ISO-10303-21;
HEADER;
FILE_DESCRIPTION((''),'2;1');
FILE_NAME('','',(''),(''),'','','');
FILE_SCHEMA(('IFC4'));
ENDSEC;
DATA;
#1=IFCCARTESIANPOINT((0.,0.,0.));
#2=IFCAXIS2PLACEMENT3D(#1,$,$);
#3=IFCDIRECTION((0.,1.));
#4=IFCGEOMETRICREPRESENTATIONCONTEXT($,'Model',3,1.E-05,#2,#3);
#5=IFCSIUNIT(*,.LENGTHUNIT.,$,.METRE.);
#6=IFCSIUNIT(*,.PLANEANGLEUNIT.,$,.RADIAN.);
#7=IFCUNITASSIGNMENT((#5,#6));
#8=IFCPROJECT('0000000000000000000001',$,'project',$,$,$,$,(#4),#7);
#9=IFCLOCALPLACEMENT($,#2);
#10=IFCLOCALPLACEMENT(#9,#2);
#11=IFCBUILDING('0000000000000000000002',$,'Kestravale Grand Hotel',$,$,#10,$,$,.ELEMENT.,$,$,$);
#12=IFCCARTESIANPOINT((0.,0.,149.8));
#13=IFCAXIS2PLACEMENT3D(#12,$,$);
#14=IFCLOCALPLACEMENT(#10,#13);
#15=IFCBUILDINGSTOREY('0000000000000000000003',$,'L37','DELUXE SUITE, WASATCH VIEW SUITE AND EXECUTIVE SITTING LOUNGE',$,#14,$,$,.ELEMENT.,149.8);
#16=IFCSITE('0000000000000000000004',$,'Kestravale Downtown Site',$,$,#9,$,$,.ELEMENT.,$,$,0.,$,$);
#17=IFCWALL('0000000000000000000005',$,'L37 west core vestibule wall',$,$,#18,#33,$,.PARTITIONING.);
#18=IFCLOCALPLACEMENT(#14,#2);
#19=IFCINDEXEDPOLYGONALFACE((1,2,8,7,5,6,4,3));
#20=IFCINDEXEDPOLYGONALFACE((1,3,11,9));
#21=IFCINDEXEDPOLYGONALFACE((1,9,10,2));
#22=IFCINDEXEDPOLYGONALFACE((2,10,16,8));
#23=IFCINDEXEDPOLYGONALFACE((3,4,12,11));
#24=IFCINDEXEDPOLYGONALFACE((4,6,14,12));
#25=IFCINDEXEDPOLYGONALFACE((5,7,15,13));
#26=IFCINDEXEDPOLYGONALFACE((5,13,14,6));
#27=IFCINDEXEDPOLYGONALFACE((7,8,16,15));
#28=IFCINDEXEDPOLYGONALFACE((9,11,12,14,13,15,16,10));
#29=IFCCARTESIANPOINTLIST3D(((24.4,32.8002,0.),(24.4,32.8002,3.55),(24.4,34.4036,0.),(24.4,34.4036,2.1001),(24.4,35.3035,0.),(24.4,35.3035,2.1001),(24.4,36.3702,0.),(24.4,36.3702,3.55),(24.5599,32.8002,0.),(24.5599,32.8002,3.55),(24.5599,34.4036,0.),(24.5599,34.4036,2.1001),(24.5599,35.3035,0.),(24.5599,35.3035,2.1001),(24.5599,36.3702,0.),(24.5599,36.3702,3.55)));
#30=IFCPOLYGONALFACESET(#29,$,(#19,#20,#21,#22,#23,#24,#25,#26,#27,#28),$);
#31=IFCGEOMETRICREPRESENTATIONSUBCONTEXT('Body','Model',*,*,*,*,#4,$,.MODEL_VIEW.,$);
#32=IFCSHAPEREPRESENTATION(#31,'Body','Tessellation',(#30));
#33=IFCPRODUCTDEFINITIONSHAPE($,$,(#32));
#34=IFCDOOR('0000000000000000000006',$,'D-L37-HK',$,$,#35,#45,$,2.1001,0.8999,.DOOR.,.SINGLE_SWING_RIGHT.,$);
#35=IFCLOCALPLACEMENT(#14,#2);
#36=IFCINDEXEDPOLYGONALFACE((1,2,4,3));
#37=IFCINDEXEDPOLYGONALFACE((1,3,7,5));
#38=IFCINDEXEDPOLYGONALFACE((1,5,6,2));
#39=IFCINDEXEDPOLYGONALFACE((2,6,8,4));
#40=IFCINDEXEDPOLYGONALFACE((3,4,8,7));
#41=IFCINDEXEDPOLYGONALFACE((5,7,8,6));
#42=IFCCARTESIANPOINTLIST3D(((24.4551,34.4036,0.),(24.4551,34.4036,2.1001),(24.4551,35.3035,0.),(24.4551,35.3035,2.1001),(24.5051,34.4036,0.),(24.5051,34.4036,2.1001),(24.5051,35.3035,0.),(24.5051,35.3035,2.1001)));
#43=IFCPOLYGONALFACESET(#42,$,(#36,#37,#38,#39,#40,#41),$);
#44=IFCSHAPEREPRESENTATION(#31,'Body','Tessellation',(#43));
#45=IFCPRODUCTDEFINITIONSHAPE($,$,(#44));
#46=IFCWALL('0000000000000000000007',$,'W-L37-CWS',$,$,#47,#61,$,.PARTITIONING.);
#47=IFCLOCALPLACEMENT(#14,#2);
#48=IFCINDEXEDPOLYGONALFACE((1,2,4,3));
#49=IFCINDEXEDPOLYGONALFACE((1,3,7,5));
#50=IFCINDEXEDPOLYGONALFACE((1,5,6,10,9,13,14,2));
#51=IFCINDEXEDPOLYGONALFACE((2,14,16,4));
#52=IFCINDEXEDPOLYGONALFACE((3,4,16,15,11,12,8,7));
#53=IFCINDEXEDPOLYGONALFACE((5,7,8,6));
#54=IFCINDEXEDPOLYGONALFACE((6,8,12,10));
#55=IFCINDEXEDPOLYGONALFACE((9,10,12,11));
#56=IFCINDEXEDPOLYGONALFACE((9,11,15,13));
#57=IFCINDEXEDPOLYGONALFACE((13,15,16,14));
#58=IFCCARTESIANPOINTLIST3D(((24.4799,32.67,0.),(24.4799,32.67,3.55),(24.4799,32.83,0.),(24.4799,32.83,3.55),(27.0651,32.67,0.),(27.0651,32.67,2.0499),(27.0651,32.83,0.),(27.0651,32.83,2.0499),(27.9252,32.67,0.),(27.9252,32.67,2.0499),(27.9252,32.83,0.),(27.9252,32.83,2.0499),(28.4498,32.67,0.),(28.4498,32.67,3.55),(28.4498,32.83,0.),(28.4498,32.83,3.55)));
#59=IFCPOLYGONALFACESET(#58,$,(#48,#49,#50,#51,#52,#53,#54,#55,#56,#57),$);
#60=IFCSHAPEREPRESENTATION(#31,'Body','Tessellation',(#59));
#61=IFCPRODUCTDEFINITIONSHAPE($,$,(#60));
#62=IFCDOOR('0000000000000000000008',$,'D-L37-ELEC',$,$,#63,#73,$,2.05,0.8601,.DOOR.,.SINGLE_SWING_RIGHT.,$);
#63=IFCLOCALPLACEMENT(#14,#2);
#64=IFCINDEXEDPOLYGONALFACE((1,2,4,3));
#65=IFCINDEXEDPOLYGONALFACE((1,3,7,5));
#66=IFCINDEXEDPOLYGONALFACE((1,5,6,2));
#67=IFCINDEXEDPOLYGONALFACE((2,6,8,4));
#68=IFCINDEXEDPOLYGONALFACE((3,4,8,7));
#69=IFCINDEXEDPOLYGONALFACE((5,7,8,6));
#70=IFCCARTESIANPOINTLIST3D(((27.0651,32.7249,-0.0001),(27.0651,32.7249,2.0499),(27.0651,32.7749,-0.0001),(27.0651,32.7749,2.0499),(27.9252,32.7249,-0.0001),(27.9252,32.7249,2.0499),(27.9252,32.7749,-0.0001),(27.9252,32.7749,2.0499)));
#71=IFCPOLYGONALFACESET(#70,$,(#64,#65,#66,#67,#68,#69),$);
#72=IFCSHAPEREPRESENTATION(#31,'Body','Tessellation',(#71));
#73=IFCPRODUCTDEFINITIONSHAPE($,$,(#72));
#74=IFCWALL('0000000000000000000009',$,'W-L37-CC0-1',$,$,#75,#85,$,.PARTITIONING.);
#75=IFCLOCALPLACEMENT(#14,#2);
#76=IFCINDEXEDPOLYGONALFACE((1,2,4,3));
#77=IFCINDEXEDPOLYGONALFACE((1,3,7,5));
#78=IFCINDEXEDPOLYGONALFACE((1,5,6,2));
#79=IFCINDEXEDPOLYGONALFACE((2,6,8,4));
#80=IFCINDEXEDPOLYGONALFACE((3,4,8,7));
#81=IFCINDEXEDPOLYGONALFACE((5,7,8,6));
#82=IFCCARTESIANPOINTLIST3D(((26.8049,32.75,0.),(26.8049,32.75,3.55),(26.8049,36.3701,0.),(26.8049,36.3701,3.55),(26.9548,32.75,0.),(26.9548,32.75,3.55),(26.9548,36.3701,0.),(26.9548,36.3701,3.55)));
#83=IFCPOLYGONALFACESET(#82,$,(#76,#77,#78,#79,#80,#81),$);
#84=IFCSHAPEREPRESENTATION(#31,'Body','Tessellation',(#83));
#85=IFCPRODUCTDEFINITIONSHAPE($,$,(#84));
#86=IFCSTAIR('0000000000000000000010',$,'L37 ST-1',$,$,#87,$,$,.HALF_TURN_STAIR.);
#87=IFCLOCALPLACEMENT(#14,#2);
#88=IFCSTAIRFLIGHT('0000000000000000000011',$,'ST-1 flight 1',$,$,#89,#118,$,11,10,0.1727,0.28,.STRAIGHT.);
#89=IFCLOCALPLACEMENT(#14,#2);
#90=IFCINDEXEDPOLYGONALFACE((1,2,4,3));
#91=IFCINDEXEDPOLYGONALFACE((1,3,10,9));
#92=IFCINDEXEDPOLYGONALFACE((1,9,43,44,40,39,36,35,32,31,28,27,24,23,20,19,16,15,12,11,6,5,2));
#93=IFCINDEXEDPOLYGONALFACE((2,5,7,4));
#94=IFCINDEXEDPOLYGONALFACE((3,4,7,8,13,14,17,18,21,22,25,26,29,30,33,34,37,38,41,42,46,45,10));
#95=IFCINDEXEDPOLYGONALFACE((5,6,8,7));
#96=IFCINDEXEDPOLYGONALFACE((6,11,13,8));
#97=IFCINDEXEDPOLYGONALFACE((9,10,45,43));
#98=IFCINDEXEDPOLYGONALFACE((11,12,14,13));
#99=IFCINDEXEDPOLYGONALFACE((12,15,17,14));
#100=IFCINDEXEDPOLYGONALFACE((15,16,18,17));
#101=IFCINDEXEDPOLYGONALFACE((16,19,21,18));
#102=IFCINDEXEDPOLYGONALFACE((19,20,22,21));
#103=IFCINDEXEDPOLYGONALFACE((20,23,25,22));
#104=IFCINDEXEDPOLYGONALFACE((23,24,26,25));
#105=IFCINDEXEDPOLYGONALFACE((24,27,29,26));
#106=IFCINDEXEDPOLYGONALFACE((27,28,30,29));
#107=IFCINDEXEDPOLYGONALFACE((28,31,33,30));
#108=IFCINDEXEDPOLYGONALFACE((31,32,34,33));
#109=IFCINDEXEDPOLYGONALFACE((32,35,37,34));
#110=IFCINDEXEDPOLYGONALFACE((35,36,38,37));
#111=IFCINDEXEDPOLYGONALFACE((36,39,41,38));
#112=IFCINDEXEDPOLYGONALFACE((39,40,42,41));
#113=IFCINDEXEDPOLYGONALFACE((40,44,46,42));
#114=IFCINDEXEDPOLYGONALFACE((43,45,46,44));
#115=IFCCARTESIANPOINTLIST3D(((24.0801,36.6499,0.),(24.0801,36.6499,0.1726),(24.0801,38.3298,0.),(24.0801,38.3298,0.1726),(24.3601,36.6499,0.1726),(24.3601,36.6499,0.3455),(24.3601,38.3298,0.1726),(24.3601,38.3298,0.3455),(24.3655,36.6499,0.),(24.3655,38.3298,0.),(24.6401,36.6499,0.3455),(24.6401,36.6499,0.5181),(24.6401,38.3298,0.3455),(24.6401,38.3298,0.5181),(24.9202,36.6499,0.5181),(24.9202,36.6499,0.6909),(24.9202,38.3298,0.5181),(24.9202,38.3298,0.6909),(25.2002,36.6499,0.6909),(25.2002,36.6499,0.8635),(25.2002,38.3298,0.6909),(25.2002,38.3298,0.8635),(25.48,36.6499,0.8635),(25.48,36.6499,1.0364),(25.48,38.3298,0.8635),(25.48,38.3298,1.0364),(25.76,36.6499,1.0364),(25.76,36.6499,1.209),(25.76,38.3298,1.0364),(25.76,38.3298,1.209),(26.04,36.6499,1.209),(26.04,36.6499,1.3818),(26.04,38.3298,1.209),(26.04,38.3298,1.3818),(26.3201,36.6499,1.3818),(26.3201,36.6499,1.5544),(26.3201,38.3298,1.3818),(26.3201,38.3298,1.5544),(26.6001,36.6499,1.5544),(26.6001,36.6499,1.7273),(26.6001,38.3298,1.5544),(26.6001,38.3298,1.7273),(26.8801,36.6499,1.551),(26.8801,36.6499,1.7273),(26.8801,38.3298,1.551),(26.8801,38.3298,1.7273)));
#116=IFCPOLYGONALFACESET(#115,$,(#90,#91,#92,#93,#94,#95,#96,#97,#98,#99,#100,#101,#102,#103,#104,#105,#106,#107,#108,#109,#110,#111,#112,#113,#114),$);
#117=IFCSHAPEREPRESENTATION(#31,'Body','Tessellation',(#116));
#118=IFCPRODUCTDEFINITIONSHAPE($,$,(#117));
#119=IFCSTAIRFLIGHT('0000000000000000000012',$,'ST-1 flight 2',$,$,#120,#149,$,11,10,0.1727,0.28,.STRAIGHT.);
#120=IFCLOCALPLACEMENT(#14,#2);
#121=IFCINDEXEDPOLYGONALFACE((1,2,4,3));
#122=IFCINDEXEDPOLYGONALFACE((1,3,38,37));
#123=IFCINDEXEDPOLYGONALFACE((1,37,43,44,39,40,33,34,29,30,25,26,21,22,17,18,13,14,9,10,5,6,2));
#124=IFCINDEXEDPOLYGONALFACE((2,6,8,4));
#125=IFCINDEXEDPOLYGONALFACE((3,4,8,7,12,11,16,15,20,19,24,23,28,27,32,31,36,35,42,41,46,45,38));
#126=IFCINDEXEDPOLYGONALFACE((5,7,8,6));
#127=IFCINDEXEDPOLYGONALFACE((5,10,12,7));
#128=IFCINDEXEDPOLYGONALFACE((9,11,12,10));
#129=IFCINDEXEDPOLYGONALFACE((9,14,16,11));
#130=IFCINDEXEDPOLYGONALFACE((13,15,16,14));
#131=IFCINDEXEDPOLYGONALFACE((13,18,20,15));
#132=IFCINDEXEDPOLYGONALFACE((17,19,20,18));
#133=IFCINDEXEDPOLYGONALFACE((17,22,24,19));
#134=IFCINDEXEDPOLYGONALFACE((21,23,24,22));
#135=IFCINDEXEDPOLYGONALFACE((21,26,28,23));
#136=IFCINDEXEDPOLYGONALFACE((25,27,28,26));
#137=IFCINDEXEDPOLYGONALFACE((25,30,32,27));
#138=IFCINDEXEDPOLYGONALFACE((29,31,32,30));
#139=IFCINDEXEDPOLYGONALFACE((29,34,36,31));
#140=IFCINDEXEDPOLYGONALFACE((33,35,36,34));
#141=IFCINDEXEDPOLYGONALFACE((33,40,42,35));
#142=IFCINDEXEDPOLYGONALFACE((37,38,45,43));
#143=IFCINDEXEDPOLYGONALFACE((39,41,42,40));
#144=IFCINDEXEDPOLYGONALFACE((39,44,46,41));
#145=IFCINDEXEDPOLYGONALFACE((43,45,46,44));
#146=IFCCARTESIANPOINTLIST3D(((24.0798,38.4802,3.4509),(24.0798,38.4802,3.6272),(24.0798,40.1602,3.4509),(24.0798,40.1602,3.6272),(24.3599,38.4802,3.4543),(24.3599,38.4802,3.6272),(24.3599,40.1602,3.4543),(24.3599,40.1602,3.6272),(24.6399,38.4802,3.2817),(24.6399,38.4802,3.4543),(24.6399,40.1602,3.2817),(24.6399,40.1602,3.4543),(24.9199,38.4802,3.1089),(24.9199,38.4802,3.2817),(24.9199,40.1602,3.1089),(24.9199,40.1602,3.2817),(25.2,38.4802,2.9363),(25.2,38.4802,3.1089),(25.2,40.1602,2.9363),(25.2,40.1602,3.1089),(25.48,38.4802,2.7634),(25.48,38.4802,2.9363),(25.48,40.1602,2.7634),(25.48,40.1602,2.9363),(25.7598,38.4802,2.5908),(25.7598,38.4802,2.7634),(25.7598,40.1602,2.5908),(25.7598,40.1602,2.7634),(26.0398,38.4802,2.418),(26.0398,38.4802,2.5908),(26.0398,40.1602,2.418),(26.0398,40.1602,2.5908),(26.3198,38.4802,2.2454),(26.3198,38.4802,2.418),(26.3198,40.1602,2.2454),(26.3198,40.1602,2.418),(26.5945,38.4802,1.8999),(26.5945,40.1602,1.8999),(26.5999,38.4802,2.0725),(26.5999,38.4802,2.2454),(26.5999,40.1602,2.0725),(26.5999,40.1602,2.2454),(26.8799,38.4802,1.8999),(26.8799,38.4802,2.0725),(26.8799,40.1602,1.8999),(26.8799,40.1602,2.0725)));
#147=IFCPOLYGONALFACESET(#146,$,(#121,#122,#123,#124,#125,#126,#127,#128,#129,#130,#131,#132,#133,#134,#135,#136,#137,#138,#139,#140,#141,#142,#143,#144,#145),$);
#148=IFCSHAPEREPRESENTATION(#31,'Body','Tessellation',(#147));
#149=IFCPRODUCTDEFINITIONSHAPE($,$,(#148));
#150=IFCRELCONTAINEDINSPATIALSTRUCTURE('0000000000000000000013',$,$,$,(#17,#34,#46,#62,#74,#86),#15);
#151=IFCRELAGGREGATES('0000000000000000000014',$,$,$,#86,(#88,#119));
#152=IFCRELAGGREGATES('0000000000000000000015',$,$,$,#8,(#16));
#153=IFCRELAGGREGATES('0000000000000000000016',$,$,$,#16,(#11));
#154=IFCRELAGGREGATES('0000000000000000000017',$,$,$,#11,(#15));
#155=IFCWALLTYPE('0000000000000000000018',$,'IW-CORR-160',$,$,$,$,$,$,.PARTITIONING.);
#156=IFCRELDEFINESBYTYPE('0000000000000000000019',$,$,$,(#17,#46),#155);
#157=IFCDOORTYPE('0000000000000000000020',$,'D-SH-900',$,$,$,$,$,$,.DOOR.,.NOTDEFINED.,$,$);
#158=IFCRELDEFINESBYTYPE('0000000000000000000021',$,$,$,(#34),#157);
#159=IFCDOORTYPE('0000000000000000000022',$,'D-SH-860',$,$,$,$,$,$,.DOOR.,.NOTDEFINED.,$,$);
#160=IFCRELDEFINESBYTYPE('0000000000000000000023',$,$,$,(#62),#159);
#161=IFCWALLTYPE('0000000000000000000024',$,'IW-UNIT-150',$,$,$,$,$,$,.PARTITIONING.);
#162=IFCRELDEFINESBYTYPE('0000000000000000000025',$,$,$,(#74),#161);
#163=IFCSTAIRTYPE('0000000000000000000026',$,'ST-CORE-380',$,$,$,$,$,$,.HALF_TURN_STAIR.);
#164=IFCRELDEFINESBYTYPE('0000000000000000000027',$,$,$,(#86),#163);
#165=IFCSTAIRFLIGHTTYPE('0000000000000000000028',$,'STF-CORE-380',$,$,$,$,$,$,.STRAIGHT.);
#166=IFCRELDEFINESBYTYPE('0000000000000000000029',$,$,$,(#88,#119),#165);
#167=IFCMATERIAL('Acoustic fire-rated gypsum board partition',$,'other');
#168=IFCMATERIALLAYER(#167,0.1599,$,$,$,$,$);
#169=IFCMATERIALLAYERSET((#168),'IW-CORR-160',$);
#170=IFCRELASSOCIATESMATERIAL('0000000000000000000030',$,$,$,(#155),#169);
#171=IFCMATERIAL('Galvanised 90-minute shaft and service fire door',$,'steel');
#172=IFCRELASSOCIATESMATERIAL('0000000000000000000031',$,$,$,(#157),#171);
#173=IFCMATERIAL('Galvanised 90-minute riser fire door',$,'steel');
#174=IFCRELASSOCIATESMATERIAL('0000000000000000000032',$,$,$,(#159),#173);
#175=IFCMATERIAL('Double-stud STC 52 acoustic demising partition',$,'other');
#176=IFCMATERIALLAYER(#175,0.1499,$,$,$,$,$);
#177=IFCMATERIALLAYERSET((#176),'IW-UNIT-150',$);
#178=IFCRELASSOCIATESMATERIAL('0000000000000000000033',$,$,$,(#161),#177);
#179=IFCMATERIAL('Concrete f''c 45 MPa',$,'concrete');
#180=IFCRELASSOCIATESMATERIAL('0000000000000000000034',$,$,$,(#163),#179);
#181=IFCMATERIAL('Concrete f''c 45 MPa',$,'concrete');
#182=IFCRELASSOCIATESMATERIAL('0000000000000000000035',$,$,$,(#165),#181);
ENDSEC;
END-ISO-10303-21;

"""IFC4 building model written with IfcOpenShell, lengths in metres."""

from ifc_helpers import new_model, si_unit, direction, frame, frame_2d, origin, place, context, subcontext, project, spatial, polyline, rectangle, outline, extrude, material, layer, layer_set, type_object, element, fill, aggregate, save


model = new_model("IFC4")

# Units and contexts
model_context = context("Model", 3, precision=1e-05, world=origin(), true_north=direction((0.0, 1.0)))
body_context = subcontext(model_context, "Body", "Model", "MODEL_VIEW")
ifc_project = project(units=[si_unit("LENGTHUNIT", "METRE"), si_unit("PLANEANGLEUNIT", "RADIAN")], contexts=[model_context])

# Site, building, storey
site_placement = place(None, origin())
site = spatial("IfcSite", under=ifc_project, at=site_placement, Name="Kestravale Downtown Site", CompositionType="ELEMENT", RefElevation=0.0)
building_placement = place(site_placement, origin())
building = spatial("IfcBuilding", under=site, at=building_placement, Name="Kestravale Grand Hotel", CompositionType="ELEMENT")
storey_placement = place(building_placement, frame((0.0, 0.0, 149.8)))
storey = spatial("IfcBuildingStorey", under=building, at=storey_placement, Name="L37", Description="DELUXE SUITE, WASATCH VIEW SUITE AND EXECUTIVE SITTING LOUNGE", CompositionType="ELEMENT", Elevation=149.8)

# Walls, openings, doors
ifc_material_1 = material(Name="Acoustic fire-rated gypsum board partition", Category="other")
ifc_layer_1 = layer(ifc_material_1, 0.1599)
ifc_layer_set_1 = layer_set([ifc_layer_1], Name="IW-CORR-160")
wall_type_1 = type_object("IfcWallType", Name="IW-CORR-160", PredefinedType="PARTITIONING", material=ifc_layer_set_1)
wall_1_placement = place(storey_placement, frame((24.48, 32.8, 0.0), z_axis=(0.0, 0.0, 1.0), x_axis=(0.0, 1.0, 0.0)))
wall_1 = element("IfcWall", 1, at=wall_1_placement, inside=storey, type_object=wall_type_1, Name="L37 west core vestibule wall", PredefinedType="PARTITIONING", context=body_context, shape_type="SweptSolid", body=[
    extrude(rectangle(XDim=3.5701, YDim=0.1599, at=frame_2d((1.7852, 0.0))), origin(), (0.0, 0.0, 1.0), 3.55),
])
opening_1_placement = place(wall_1_placement, frame((1.6035, 0.0, 0.0)))
opening_1 = element("IfcOpeningElement", 2, at=opening_1_placement, cuts=wall_1, PredefinedType="OPENING", context=body_context, shape_type="SweptSolid", body=[
    extrude(rectangle(XDim=0.8999, YDim=2.1001, at=frame_2d((0.45, 1.05))), frame((0.0, 0.0898, 0.0), z_axis=(0.0, -1.0, 0.0), x_axis=(1.0, 0.0, 0.0)), (0.0, 0.0, 1.0), 0.1799),
])
ifc_material_2 = material(Name="Galvanised 90-minute shaft and service fire door", Category="steel")
door_type_1 = type_object("IfcDoorType", Name="D-SH-900", OperationType="NOTDEFINED", PredefinedType="DOOR", material=ifc_material_2)
door_1_placement = place(opening_1_placement, origin())
door_1 = element("IfcDoor", 3, at=door_1_placement, inside=storey, type_object=door_type_1, Name="D-L37-HK", OperationType="SINGLE_SWING_RIGHT", OverallHeight=2.1001, OverallWidth=0.8999, PredefinedType="DOOR", context=body_context, shape_type="SweptSolid", body=[
    extrude(rectangle(XDim=0.8999, YDim=2.1001, at=frame_2d((0.45, 1.05))), frame((0.0, 0.0249, 0.0), z_axis=(0.0, -1.0, 0.0), x_axis=(1.0, 0.0, 0.0)), (0.0, 0.0, 1.0), 0.05),
])
fill(opening_1, door_1)
wall_2_placement = place(storey_placement, frame((24.48, 32.75, 0.0), z_axis=(0.0, 0.0, 1.0), x_axis=(1.0, 0.0, 0.0)))
wall_2 = element("IfcWall", 4, at=wall_2_placement, inside=storey, type_object=wall_type_1, Name="W-L37-CWS", PredefinedType="PARTITIONING", context=body_context, shape_type="SweptSolid", body=[
    extrude(rectangle(XDim=3.97, YDim=0.1599, at=frame_2d((1.9849, 0.0))), origin(), (0.0, 0.0, 1.0), 3.55),
])
opening_2_placement = place(wall_2_placement, frame((2.585, 0.0, 0.0)))
opening_2 = element("IfcOpeningElement", 5, at=opening_2_placement, cuts=wall_2, PredefinedType="OPENING", context=body_context, shape_type="SweptSolid", body=[
    extrude(rectangle(XDim=0.8601, YDim=2.05, at=frame_2d((0.4302, 1.0249))), frame((0.0, 0.0898, 0.0), z_axis=(0.0, -1.0, 0.0), x_axis=(1.0, 0.0, 0.0)), (0.0, 0.0, 1.0), 0.1799),
])
ifc_material_3 = material(Name="Galvanised 90-minute riser fire door", Category="steel")
door_type_2 = type_object("IfcDoorType", Name="D-SH-860", OperationType="NOTDEFINED", PredefinedType="DOOR", material=ifc_material_3)
door_2_placement = place(opening_2_placement, origin())
door_2 = element("IfcDoor", 6, at=door_2_placement, inside=storey, type_object=door_type_2, Name="D-L37-ELEC", OperationType="SINGLE_SWING_RIGHT", OverallHeight=2.05, OverallWidth=0.8601, PredefinedType="DOOR", context=body_context, shape_type="SweptSolid", body=[
    extrude(rectangle(XDim=0.8601, YDim=2.05, at=frame_2d((0.4302, 1.0249))), frame((0.0, 0.0249, 0.0), z_axis=(0.0, -1.0, 0.0), x_axis=(1.0, 0.0, 0.0)), (0.0, 0.0, 1.0), 0.05),
])
fill(opening_2, door_2)

# Wall
ifc_material_4 = material(Name="Double-stud STC 52 acoustic demising partition", Category="other")
ifc_layer_2 = layer(ifc_material_4, 0.1499)
ifc_layer_set_2 = layer_set([ifc_layer_2], Name="IW-UNIT-150")
wall_type_2 = type_object("IfcWallType", Name="IW-UNIT-150", PredefinedType="PARTITIONING", material=ifc_layer_set_2)
wall_3_placement = place(storey_placement, frame((26.8799, 32.75, 0.0), z_axis=(0.0, 0.0, 1.0), x_axis=(0.0, 1.0, 0.0)))
element("IfcWall", 7, at=wall_3_placement, inside=storey, type_object=wall_type_2, Name="W-L37-CC0-1", PredefinedType="PARTITIONING", context=body_context, shape_type="SweptSolid", body=[
    extrude(rectangle(XDim=3.6201, YDim=0.1499, at=frame_2d((1.8101, 0.0))), origin(), (0.0, 0.0, 1.0), 3.55),
])

# Stair, stair flights
ifc_material_5 = material(Name="Concrete f'c 45 MPa", Category="concrete")
stair_type = type_object("IfcStairType", Name="ST-CORE-380", PredefinedType="HALF_TURN_STAIR", material=ifc_material_5)
stair_placement = place(storey_placement, origin())
stair = element("IfcStair", 8, at=stair_placement, inside=storey, type_object=stair_type, Name="L37 ST-1", PredefinedType="HALF_TURN_STAIR")
ifc_material_6 = material(Name="Concrete f'c 45 MPa", Category="concrete")
stair_flight_type = type_object("IfcStairFlightType", Name="STF-CORE-380", PredefinedType="STRAIGHT", material=ifc_material_6)
stair_flight_1_placement = place(storey_placement, frame((24.0801, 37.49, 0.0), z_axis=(0.0, 0.0, 1.0), x_axis=(1.0, 0.0, 0.0)))
stair_flight_1 = element("IfcStairFlight", 9, at=stair_flight_1_placement, type_object=stair_flight_type, Name="ST-1 flight 1", NumberOfRisers=11, NumberOfTreads=10, PredefinedType="STRAIGHT", RiserHeight=0.1727, TreadLength=0.28, context=body_context, shape_type="SweptSolid", body=[
    extrude(outline(polyline([(0.0, 0.0), (0.0, 0.1726), (0.28, 0.1726), (0.28, 0.3455), (0.5601, 0.3455), (0.5601, 0.5181), (0.8401, 0.5181), (0.8401, 0.6909), (1.1201, 0.6909), (1.1201, 0.8635), (1.3999, 0.8635), (1.3999, 1.0364), (1.6799, 1.0364), (1.6799, 1.209), (1.96, 1.209), (1.96, 1.3818), (2.24, 1.3818), (2.24, 1.5544), (2.52, 1.5544), (2.52, 1.7273), (2.8, 1.7273), (2.8, 1.8999), (2.8, 1.551), (0.2854, 0.0), (0.0, 0.0)])), frame((0.0, 0.8398, 0.0), z_axis=(0.0, -1.0, 0.0), x_axis=(1.0, 0.0, 0.0)), (0.0, 0.0, 1.0), 1.6799),
])
stair_flight_2_placement = place(storey_placement, frame((26.8799, 39.3201, 1.8999), z_axis=(0.0, 0.0, 1.0), x_axis=(-1.0, 0.0, 0.0)))
stair_flight_2 = element("IfcStairFlight", 10, at=stair_flight_2_placement, type_object=stair_flight_type, Name="ST-1 flight 2", NumberOfRisers=11, NumberOfTreads=10, PredefinedType="STRAIGHT", RiserHeight=0.1727, TreadLength=0.28, context=body_context, shape_type="SweptSolid", body=[
    extrude(outline(polyline([(0.0, 0.0), (0.0, 0.1726), (0.28, 0.1726), (0.28, 0.3455), (0.5601, 0.3455), (0.5601, 0.5181), (0.8401, 0.5181), (0.8401, 0.6909), (1.1201, 0.6909), (1.1201, 0.8635), (1.3999, 0.8635), (1.3999, 1.0364), (1.6799, 1.0364), (1.6799, 1.209), (1.96, 1.209), (1.96, 1.3818), (2.24, 1.3818), (2.24, 1.5544), (2.52, 1.5544), (2.52, 1.7273), (2.8, 1.7273), (2.8, 1.8999), (2.8, 1.551), (0.2854, 0.0), (0.0, 0.0)])), frame((0.0, 0.8398, 0.0), z_axis=(0.0, -1.0, 0.0), x_axis=(1.0, 0.0, 0.0)), (0.0, 0.0, 1.0), 1.6799),
])
aggregate(stair, [stair_flight_1, stair_flight_2])

save(model, "model.ifc")
